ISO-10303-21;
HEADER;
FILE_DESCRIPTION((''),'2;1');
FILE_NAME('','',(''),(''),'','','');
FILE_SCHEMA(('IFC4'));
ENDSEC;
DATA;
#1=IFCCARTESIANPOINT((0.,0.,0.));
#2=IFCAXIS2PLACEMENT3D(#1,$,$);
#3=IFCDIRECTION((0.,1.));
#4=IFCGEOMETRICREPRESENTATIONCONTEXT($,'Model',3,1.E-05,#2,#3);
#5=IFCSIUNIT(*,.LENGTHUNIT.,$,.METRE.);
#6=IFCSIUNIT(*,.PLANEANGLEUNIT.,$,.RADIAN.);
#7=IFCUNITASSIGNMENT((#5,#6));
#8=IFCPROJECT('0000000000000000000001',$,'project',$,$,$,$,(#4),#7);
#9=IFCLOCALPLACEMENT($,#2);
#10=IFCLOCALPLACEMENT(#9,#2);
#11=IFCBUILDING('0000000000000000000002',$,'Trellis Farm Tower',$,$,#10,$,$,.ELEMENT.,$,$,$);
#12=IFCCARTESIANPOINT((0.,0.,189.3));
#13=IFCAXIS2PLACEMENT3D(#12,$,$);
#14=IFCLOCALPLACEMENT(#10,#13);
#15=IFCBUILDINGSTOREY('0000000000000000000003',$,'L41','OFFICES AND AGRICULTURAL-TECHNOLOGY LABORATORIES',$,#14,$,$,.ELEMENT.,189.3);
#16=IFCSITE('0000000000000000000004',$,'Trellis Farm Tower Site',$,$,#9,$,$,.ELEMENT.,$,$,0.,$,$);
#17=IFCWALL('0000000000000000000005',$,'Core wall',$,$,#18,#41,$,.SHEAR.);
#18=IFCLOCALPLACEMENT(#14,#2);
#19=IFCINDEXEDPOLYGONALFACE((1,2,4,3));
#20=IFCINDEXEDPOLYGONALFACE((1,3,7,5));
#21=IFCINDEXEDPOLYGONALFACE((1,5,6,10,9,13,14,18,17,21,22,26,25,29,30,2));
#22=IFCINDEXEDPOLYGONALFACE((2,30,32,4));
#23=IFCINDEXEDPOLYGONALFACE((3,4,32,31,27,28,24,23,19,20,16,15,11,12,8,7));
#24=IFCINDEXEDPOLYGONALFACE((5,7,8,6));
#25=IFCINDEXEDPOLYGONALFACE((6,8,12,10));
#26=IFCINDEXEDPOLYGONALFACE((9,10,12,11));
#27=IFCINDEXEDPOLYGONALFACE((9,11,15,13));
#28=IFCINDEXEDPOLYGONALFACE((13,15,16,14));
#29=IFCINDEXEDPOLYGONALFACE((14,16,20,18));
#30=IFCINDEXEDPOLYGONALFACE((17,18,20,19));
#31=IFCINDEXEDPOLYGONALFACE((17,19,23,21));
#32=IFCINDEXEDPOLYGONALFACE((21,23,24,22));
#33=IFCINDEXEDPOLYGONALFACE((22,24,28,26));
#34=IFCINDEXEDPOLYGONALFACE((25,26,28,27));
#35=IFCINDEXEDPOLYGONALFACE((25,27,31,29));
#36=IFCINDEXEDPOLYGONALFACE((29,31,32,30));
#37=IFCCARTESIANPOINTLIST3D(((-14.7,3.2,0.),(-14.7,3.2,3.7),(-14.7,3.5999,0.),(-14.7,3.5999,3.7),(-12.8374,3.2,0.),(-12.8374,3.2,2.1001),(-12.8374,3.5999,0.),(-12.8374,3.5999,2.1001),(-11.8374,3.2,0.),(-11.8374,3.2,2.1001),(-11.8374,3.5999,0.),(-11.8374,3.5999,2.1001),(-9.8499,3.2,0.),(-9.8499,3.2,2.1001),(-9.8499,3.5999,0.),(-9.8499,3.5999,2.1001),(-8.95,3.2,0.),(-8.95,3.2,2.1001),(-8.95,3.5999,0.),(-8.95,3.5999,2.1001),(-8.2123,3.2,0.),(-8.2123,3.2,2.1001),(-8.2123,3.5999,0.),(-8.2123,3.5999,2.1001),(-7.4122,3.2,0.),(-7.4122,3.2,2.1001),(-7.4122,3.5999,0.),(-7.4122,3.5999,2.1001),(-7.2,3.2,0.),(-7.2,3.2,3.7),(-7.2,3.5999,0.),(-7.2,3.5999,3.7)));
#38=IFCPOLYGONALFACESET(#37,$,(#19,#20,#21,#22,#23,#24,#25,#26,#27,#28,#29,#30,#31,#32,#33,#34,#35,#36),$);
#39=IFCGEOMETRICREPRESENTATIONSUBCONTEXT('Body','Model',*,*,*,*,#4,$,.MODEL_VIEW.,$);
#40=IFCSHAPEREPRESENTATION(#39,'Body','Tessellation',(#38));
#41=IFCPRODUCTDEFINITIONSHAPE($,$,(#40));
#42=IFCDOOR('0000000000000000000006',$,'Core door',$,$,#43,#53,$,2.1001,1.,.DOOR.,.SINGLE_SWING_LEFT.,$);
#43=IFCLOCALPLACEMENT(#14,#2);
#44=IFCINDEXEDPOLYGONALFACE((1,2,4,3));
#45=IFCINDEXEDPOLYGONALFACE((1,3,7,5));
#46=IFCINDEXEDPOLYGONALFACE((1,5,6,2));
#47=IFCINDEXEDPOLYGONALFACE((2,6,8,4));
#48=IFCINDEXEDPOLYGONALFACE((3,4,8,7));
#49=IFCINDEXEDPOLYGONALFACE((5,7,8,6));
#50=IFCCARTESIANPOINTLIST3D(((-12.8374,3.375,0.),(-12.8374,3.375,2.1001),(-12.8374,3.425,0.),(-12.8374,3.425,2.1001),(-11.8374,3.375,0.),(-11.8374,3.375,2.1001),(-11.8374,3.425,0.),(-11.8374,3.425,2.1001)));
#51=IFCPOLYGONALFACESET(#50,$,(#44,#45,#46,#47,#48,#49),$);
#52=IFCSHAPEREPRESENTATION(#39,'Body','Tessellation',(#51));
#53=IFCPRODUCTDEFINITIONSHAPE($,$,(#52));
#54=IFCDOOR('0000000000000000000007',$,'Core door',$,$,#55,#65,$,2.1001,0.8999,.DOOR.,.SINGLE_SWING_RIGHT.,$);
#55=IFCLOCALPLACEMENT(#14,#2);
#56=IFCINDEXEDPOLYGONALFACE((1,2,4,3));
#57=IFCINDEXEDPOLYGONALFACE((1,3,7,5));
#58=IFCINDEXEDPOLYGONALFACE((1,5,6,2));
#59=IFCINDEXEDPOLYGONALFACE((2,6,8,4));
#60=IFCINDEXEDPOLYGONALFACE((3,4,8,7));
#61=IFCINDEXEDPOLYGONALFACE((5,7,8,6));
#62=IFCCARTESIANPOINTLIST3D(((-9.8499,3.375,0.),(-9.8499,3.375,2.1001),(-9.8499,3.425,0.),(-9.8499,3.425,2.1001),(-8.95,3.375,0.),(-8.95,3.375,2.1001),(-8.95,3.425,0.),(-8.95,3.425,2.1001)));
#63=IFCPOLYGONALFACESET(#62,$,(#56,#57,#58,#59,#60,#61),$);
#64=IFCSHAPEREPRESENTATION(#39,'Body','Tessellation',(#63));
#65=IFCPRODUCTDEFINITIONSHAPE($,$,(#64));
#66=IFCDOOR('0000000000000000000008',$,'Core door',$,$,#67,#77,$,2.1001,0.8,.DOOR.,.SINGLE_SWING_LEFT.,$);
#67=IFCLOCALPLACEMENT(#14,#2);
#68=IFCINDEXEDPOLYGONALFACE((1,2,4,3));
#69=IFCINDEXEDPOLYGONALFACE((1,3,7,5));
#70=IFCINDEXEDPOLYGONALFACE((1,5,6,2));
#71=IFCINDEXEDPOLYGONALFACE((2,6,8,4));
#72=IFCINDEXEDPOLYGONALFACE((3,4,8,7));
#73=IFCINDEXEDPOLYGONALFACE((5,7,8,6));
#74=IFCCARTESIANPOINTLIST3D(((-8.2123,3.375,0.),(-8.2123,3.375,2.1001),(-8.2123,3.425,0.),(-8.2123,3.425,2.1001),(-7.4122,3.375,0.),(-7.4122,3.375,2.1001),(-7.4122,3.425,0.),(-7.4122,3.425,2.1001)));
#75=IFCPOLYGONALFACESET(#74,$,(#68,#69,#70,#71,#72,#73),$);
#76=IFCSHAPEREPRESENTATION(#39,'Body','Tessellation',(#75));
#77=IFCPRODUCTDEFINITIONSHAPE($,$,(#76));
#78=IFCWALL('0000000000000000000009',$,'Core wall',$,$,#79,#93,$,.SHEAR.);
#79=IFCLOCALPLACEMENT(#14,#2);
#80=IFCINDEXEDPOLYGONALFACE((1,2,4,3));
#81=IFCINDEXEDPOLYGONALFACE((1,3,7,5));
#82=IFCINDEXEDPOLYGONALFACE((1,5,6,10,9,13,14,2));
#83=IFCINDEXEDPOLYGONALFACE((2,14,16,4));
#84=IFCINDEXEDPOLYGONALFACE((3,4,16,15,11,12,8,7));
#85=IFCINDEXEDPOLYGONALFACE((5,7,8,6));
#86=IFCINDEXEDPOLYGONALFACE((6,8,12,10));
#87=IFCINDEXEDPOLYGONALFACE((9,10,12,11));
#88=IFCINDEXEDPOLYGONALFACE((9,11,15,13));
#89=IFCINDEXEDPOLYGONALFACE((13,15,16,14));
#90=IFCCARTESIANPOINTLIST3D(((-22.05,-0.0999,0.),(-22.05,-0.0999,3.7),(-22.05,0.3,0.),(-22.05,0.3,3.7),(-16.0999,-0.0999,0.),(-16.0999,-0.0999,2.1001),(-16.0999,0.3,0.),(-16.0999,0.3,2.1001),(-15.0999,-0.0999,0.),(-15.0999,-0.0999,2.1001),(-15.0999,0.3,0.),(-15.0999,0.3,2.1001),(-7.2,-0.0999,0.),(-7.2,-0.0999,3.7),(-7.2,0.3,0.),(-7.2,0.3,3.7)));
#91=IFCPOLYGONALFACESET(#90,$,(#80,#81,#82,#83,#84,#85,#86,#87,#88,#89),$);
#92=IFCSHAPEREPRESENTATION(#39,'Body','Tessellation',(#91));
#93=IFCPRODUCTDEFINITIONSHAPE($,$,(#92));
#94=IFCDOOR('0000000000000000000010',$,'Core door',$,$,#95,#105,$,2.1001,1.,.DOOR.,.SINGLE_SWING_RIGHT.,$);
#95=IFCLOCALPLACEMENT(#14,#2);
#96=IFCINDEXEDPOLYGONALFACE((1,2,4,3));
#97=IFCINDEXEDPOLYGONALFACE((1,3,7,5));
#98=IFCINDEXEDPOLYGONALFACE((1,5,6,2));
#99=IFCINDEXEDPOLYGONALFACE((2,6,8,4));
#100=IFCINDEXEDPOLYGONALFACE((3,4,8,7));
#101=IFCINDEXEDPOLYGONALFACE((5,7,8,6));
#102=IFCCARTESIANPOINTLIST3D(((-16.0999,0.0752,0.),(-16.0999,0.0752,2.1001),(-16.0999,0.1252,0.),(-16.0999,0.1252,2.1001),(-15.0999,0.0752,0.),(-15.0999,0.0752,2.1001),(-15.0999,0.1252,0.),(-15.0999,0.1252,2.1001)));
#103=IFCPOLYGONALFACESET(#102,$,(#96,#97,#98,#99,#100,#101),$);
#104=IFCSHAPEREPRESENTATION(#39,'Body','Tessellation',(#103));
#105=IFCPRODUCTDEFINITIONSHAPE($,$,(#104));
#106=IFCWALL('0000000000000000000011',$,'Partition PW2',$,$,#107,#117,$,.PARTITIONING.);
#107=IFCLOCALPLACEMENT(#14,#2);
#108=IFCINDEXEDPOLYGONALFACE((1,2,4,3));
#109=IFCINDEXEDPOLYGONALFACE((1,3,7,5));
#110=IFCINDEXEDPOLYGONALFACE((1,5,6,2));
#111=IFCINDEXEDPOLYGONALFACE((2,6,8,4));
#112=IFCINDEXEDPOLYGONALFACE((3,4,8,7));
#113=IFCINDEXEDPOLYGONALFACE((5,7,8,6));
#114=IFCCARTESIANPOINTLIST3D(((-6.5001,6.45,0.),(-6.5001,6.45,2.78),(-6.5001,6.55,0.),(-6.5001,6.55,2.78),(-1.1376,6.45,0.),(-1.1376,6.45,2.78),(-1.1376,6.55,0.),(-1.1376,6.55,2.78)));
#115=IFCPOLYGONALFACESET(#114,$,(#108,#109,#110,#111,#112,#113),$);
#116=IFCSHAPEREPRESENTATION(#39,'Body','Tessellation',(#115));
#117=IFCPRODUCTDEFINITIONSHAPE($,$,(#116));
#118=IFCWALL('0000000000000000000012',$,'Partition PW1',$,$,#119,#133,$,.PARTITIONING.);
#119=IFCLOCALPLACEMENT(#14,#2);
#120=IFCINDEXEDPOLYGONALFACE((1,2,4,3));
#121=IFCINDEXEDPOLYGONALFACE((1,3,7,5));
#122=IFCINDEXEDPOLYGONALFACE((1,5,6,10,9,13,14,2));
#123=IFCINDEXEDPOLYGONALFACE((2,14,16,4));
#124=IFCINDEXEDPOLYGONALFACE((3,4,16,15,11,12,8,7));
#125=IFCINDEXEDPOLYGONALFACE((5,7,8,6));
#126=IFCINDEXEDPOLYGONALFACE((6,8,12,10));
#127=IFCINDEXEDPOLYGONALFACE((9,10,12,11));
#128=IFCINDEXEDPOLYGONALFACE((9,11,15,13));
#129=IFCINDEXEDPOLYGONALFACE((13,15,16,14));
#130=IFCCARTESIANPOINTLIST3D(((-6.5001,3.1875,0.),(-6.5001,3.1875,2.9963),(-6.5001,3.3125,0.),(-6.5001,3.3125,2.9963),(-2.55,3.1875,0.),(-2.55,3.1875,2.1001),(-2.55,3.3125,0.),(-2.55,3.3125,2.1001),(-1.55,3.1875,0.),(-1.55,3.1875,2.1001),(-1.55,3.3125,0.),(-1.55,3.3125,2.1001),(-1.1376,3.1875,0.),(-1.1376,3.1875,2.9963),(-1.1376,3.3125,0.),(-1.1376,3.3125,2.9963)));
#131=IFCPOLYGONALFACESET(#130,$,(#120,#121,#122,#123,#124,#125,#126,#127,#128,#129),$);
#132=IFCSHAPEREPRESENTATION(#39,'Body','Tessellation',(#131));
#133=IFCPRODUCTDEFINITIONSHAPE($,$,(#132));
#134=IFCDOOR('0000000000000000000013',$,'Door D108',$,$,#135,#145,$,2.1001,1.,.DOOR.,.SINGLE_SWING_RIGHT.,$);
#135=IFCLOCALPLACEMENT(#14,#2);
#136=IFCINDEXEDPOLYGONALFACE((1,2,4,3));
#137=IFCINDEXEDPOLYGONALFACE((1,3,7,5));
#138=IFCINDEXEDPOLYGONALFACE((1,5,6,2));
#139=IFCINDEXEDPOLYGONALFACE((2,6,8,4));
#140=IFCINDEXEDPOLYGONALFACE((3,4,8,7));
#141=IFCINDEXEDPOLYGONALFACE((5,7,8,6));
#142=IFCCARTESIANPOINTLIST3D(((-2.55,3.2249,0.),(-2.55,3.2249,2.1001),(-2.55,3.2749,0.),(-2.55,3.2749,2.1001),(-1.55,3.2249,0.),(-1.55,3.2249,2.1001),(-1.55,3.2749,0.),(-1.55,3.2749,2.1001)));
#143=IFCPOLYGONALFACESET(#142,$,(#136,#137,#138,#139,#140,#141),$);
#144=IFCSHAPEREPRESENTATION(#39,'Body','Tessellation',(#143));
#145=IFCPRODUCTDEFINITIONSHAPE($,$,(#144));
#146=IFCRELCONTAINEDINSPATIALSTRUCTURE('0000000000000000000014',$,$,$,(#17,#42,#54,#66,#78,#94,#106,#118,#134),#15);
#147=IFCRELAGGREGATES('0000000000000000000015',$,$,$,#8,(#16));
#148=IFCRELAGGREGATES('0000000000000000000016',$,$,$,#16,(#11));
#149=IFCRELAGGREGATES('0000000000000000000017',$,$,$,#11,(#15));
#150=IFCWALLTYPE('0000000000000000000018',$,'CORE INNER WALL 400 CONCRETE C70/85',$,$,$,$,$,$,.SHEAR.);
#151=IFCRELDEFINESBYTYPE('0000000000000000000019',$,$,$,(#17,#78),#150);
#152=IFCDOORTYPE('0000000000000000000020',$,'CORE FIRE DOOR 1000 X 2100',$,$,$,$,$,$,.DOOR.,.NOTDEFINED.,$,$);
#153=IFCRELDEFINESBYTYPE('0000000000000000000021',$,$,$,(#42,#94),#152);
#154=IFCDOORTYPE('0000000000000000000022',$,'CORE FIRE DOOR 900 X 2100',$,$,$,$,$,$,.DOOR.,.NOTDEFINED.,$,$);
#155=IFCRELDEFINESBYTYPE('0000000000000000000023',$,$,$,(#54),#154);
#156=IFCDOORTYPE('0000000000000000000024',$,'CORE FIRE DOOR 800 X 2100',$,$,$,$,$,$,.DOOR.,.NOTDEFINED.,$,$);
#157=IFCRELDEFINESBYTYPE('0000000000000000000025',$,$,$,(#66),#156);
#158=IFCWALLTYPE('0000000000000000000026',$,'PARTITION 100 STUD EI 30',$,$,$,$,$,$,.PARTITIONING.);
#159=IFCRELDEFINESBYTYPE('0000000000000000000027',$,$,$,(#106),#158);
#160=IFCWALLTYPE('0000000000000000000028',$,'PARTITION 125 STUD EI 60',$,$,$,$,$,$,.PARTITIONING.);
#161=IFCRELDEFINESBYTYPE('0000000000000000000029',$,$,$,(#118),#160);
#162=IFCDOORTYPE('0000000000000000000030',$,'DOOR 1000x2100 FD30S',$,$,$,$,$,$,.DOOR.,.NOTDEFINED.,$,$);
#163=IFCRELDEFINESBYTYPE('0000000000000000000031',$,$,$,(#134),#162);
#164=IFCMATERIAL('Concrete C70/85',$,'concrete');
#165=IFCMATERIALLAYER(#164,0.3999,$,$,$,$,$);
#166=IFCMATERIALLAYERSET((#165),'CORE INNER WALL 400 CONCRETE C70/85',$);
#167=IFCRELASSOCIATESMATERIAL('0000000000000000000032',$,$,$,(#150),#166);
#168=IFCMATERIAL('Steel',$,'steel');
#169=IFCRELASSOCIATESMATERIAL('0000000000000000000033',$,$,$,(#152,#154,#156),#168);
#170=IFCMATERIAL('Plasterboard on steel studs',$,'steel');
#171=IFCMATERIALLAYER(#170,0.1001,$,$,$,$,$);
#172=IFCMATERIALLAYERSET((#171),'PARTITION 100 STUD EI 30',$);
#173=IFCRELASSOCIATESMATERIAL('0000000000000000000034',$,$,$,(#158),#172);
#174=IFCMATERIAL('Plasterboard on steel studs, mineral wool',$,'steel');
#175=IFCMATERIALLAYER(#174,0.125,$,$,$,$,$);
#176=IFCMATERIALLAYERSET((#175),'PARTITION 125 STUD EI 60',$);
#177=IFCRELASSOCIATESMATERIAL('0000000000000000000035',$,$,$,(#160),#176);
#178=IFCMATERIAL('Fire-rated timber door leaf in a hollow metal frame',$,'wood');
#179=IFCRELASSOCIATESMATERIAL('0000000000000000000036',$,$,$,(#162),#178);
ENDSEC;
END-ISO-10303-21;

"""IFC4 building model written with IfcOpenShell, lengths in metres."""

from ifc_helpers import new_model, si_unit, direction, frame, frame_2d, origin, place, context, subcontext, project, spatial, rectangle, extrude, source, transform, mapped, material, layer, layer_set, type_object, element, fill, save


model = new_model("IFC4")

# Units and contexts
model_context = context("Model", 3, precision=1e-05, world=origin(), true_north=direction((0.0, 1.0)))
body_context = subcontext(model_context, "Body", "Model", "MODEL_VIEW")
ifc_project = project(units=[si_unit("LENGTHUNIT", "METRE"), si_unit("PLANEANGLEUNIT", "RADIAN")], contexts=[model_context])

# Site, building, storey
site_placement = place(None, origin())
site = spatial("IfcSite", under=ifc_project, at=site_placement, Name="Trellis Farm Tower Site", CompositionType="ELEMENT", RefElevation=0.0)
building_placement = place(site_placement, origin())
building = spatial("IfcBuilding", under=site, at=building_placement, Name="Trellis Farm Tower", CompositionType="ELEMENT")
storey_placement = place(building_placement, frame((0.0, 0.0, 189.3)))
storey = spatial("IfcBuildingStorey", under=building, at=storey_placement, Name="L41", Description="OFFICES AND AGRICULTURAL-TECHNOLOGY LABORATORIES", CompositionType="ELEMENT", Elevation=189.3)

# Shared definitions
ifc_material_1 = material(Name="Concrete C70/85", Category="concrete")

# Shared definitions
ifc_material_2 = material(Name="Steel", Category="steel")

# Wall, openings, doors
ifc_layer_1 = layer(ifc_material_1, 0.3999)
ifc_layer_set_1 = layer_set([ifc_layer_1], Name="CORE INNER WALL 400 CONCRETE C70/85")
wall_type_1 = type_object("IfcWallType", Name="CORE INNER WALL 400 CONCRETE C70/85", PredefinedType="SHEAR", material=ifc_layer_set_1)
shared_shape_1 = source(origin(), body_context, "Body", "SweptSolid", [
    extrude(rectangle(XDim=7.5, YDim=0.3999, at=frame_2d((3.75, 0.0))), origin(), (0.0, 0.0, 1.0), 3.7),
])
wall_1_placement = place(storey_placement, frame((-7.2, 3.3999, 0.0), z_axis=(0.0, 0.0, 1.0), x_axis=(-1.0, 0.0, 0.0)))
wall_1 = element("IfcWall", 1, at=wall_1_placement, inside=storey, type_object=wall_type_1, Name="Core wall", PredefinedType="SHEAR", context=body_context, shape_type="MappedRepresentation", body=[
    mapped(shared_shape_1, transform((0.0, 0.0, 0.0))),
])
shared_shape_2 = source(origin(), body_context, "Body", "SweptSolid", [
    extrude(rectangle(XDim=0.8, YDim=2.1001, at=frame_2d((0.3999, 1.05))), frame((0.0, 0.21, 0.0), z_axis=(0.0, -1.0, 0.0), x_axis=(1.0, 0.0, 0.0)), (0.0, 0.0, 1.0), 0.4199),
])
opening_1_placement = place(wall_1_placement, frame((0.2124, 0.0, 0.0)))
opening_1 = element("IfcOpeningElement", 2, at=opening_1_placement, cuts=wall_1, PredefinedType="OPENING", context=body_context, shape_type="MappedRepresentation", body=[
    mapped(shared_shape_2, transform((0.0, 0.0, 0.0))),
])
shared_shape_3 = source(origin(), body_context, "Body", "SweptSolid", [
    extrude(rectangle(XDim=0.8999, YDim=2.1001, at=frame_2d((0.45, 1.05))), frame((0.0, 0.21, 0.0), z_axis=(0.0, -1.0, 0.0), x_axis=(1.0, 0.0, 0.0)), (0.0, 0.0, 1.0), 0.4199),
])
opening_2_placement = place(wall_1_placement, frame((1.75, 0.0, 0.0)))
opening_2 = element("IfcOpeningElement", 3, at=opening_2_placement, cuts=wall_1, PredefinedType="OPENING", context=body_context, shape_type="MappedRepresentation", body=[
    mapped(shared_shape_3, transform((0.0, 0.0, 0.0))),
])
shared_shape_4 = source(origin(), body_context, "Body", "SweptSolid", [
    extrude(rectangle(XDim=1.0, YDim=2.1001, at=frame_2d((0.5, 1.05))), frame((0.0, 0.21, 0.0), z_axis=(0.0, -1.0, 0.0), x_axis=(1.0, 0.0, 0.0)), (0.0, 0.0, 1.0), 0.4199),
])
opening_3_placement = place(wall_1_placement, frame((4.6375, 0.0, 0.0)))
opening_3 = element("IfcOpeningElement", 4, at=opening_3_placement, cuts=wall_1, PredefinedType="OPENING", context=body_context, shape_type="MappedRepresentation", body=[
    mapped(shared_shape_4, transform((0.0, 0.0, 0.0))),
])
door_type_1 = type_object("IfcDoorType", Name="CORE FIRE DOOR 1000 X 2100", OperationType="NOTDEFINED", PredefinedType="DOOR", material=ifc_material_2)
shared_shape_5 = source(origin(), body_context, "Body", "SweptSolid", [
    extrude(rectangle(XDim=1.0, YDim=2.1001, at=frame_2d((0.5, 1.05))), frame((0.0, 0.0249, 0.0), z_axis=(0.0, -1.0, 0.0), x_axis=(1.0, 0.0, 0.0)), (0.0, 0.0, 1.0), 0.05),
])
door_1_placement = place(opening_3_placement, origin())
door_1 = element("IfcDoor", 5, at=door_1_placement, inside=storey, type_object=door_type_1, Name="Core door", OperationType="SINGLE_SWING_LEFT", OverallHeight=2.1001, OverallWidth=1.0, PredefinedType="DOOR", context=body_context, shape_type="MappedRepresentation", body=[
    mapped(shared_shape_5, transform((0.0, 0.0, 0.0))),
])
fill(opening_3, door_1)
door_type_2 = type_object("IfcDoorType", Name="CORE FIRE DOOR 900 X 2100", OperationType="NOTDEFINED", PredefinedType="DOOR", material=ifc_material_2)
shared_shape_6 = source(origin(), body_context, "Body", "SweptSolid", [
    extrude(rectangle(XDim=0.8999, YDim=2.1001, at=frame_2d((0.45, 1.05))), frame((0.0, 0.0249, 0.0), z_axis=(0.0, -1.0, 0.0), x_axis=(1.0, 0.0, 0.0)), (0.0, 0.0, 1.0), 0.05),
])
door_2_placement = place(opening_2_placement, origin())
door_2 = element("IfcDoor", 6, at=door_2_placement, inside=storey, type_object=door_type_2, Name="Core door", OperationType="SINGLE_SWING_RIGHT", OverallHeight=2.1001, OverallWidth=0.8999, PredefinedType="DOOR", context=body_context, shape_type="MappedRepresentation", body=[
    mapped(shared_shape_6, transform((0.0, 0.0, 0.0))),
])
fill(opening_2, door_2)
door_type_3 = type_object("IfcDoorType", Name="CORE FIRE DOOR 800 X 2100", OperationType="NOTDEFINED", PredefinedType="DOOR", material=ifc_material_2)
shared_shape_7 = source(origin(), body_context, "Body", "SweptSolid", [
    extrude(rectangle(XDim=0.8, YDim=2.1001, at=frame_2d((0.3999, 1.05))), frame((0.0, 0.0249, 0.0), z_axis=(0.0, -1.0, 0.0), x_axis=(1.0, 0.0, 0.0)), (0.0, 0.0, 1.0), 0.05),
])
door_3_placement = place(opening_1_placement, origin())
door_3 = element("IfcDoor", 7, at=door_3_placement, inside=storey, type_object=door_type_3, Name="Core door", OperationType="SINGLE_SWING_LEFT", OverallHeight=2.1001, OverallWidth=0.8, PredefinedType="DOOR", context=body_context, shape_type="MappedRepresentation", body=[
    mapped(shared_shape_7, transform((0.0, 0.0, 0.0))),
])
fill(opening_1, door_3)

# Wall, opening, door
shared_shape_8 = source(origin(), body_context, "Body", "SweptSolid", [
    extrude(rectangle(XDim=14.8501, YDim=0.3999, at=frame_2d((7.425, 0.0))), origin(), (0.0, 0.0, 1.0), 3.7),
])
wall_2_placement = place(storey_placement, frame((-7.2, 0.1001, 0.0), z_axis=(0.0, 0.0, 1.0), x_axis=(-1.0, 0.0, 0.0)))
wall_2 = element("IfcWall", 8, at=wall_2_placement, inside=storey, type_object=wall_type_1, Name="Core wall", PredefinedType="SHEAR", context=body_context, shape_type="MappedRepresentation", body=[
    mapped(shared_shape_8, transform((0.0, 0.0, 0.0))),
])
opening_4_placement = place(wall_2_placement, frame((7.8999, 0.0, 0.0)))
opening_4 = element("IfcOpeningElement", 9, at=opening_4_placement, cuts=wall_2, PredefinedType="OPENING", context=body_context, shape_type="MappedRepresentation", body=[
    mapped(shared_shape_4, transform((0.0, 0.0, 0.0))),
])
door_4_placement = place(opening_4_placement, origin())
door_4 = element("IfcDoor", 10, at=door_4_placement, inside=storey, type_object=door_type_1, Name="Core door", OperationType="SINGLE_SWING_RIGHT", OverallHeight=2.1001, OverallWidth=1.0, PredefinedType="DOOR", context=body_context, shape_type="MappedRepresentation", body=[
    mapped(shared_shape_5, transform((0.0, 0.0, 0.0))),
])
fill(opening_4, door_4)

# Wall
ifc_material_3 = material(Name="Plasterboard on steel studs", Category="steel")
ifc_layer_2 = layer(ifc_material_3, 0.1001)
ifc_layer_set_2 = layer_set([ifc_layer_2], Name="PARTITION 100 STUD EI 30")
wall_type_2 = type_object("IfcWallType", Name="PARTITION 100 STUD EI 30", PredefinedType="PARTITIONING", material=ifc_layer_set_2)
shared_shape_9 = source(origin(), body_context, "Body", "SweptSolid", [
    extrude(rectangle(XDim=5.3625, YDim=0.1001, at=frame_2d((2.6812, 0.0))), origin(), (0.0, 0.0, 1.0), 2.78),
])
wall_3_placement = place(storey_placement, frame((-6.5, 6.5, 0.0), z_axis=(0.0, 0.0, 1.0), x_axis=(1.0, 0.0, 0.0)))
element("IfcWall", 11, at=wall_3_placement, inside=storey, type_object=wall_type_2, Name="Partition PW2", PredefinedType="PARTITIONING", context=body_context, shape_type="MappedRepresentation", body=[
    mapped(shared_shape_9, transform((0.0, 0.0, 0.0))),
])

# Wall, opening, door
ifc_material_4 = material(Name="Plasterboard on steel studs, mineral wool", Category="steel")
ifc_layer_3 = layer(ifc_material_4, 0.125)
ifc_layer_set_3 = layer_set([ifc_layer_3], Name="PARTITION 125 STUD EI 60")
wall_type_3 = type_object("IfcWallType", Name="PARTITION 125 STUD EI 60", PredefinedType="PARTITIONING", material=ifc_layer_set_3)
shared_shape_10 = source(origin(), body_context, "Body", "SweptSolid", [
    extrude(rectangle(XDim=5.3625, YDim=0.125, at=frame_2d((2.6812, 0.0))), origin(), (0.0, 0.0, 1.0), 2.9963),
])
wall_4_placement = place(storey_placement, frame((-6.5, 3.25, 0.0), z_axis=(0.0, 0.0, 1.0), x_axis=(1.0, 0.0, 0.0)))
wall_4 = element("IfcWall", 12, at=wall_4_placement, inside=storey, type_object=wall_type_3, Name="Partition PW1", PredefinedType="PARTITIONING", context=body_context, shape_type="MappedRepresentation", body=[
    mapped(shared_shape_10, transform((0.0, 0.0, 0.0))),
])
shared_shape_11 = source(origin(), body_context, "Body", "SweptSolid", [
    extrude(rectangle(XDim=1.0, YDim=2.1001, at=frame_2d((0.5, 1.05))), frame((0.0, 0.0725, 0.0), z_axis=(0.0, -1.0, 0.0), x_axis=(1.0, 0.0, 0.0)), (0.0, 0.0, 1.0), 0.145),
])
opening_5_placement = place(wall_4_placement, frame((3.95, 0.0, 0.0)))
opening_5 = element("IfcOpeningElement", 13, at=opening_5_placement, cuts=wall_4, PredefinedType="OPENING", context=body_context, shape_type="MappedRepresentation", body=[
    mapped(shared_shape_11, transform((0.0, 0.0, 0.0))),
])
ifc_material_5 = material(Name="Fire-rated timber door leaf in a hollow metal frame", Category="wood")
door_type_4 = type_object("IfcDoorType", Name="DOOR 1000x2100 FD30S", OperationType="NOTDEFINED", PredefinedType="DOOR", material=ifc_material_5)
door_5_placement = place(opening_5_placement, origin())
door_5 = element("IfcDoor", 14, at=door_5_placement, inside=storey, type_object=door_type_4, Name="Door D108", OperationType="SINGLE_SWING_RIGHT", OverallHeight=2.1001, OverallWidth=1.0, PredefinedType="DOOR", context=body_context, shape_type="MappedRepresentation", body=[
    mapped(shared_shape_5, transform((0.0, 0.0, 0.0))),
])
fill(opening_5, door_5)

save(model, "model.ifc")
